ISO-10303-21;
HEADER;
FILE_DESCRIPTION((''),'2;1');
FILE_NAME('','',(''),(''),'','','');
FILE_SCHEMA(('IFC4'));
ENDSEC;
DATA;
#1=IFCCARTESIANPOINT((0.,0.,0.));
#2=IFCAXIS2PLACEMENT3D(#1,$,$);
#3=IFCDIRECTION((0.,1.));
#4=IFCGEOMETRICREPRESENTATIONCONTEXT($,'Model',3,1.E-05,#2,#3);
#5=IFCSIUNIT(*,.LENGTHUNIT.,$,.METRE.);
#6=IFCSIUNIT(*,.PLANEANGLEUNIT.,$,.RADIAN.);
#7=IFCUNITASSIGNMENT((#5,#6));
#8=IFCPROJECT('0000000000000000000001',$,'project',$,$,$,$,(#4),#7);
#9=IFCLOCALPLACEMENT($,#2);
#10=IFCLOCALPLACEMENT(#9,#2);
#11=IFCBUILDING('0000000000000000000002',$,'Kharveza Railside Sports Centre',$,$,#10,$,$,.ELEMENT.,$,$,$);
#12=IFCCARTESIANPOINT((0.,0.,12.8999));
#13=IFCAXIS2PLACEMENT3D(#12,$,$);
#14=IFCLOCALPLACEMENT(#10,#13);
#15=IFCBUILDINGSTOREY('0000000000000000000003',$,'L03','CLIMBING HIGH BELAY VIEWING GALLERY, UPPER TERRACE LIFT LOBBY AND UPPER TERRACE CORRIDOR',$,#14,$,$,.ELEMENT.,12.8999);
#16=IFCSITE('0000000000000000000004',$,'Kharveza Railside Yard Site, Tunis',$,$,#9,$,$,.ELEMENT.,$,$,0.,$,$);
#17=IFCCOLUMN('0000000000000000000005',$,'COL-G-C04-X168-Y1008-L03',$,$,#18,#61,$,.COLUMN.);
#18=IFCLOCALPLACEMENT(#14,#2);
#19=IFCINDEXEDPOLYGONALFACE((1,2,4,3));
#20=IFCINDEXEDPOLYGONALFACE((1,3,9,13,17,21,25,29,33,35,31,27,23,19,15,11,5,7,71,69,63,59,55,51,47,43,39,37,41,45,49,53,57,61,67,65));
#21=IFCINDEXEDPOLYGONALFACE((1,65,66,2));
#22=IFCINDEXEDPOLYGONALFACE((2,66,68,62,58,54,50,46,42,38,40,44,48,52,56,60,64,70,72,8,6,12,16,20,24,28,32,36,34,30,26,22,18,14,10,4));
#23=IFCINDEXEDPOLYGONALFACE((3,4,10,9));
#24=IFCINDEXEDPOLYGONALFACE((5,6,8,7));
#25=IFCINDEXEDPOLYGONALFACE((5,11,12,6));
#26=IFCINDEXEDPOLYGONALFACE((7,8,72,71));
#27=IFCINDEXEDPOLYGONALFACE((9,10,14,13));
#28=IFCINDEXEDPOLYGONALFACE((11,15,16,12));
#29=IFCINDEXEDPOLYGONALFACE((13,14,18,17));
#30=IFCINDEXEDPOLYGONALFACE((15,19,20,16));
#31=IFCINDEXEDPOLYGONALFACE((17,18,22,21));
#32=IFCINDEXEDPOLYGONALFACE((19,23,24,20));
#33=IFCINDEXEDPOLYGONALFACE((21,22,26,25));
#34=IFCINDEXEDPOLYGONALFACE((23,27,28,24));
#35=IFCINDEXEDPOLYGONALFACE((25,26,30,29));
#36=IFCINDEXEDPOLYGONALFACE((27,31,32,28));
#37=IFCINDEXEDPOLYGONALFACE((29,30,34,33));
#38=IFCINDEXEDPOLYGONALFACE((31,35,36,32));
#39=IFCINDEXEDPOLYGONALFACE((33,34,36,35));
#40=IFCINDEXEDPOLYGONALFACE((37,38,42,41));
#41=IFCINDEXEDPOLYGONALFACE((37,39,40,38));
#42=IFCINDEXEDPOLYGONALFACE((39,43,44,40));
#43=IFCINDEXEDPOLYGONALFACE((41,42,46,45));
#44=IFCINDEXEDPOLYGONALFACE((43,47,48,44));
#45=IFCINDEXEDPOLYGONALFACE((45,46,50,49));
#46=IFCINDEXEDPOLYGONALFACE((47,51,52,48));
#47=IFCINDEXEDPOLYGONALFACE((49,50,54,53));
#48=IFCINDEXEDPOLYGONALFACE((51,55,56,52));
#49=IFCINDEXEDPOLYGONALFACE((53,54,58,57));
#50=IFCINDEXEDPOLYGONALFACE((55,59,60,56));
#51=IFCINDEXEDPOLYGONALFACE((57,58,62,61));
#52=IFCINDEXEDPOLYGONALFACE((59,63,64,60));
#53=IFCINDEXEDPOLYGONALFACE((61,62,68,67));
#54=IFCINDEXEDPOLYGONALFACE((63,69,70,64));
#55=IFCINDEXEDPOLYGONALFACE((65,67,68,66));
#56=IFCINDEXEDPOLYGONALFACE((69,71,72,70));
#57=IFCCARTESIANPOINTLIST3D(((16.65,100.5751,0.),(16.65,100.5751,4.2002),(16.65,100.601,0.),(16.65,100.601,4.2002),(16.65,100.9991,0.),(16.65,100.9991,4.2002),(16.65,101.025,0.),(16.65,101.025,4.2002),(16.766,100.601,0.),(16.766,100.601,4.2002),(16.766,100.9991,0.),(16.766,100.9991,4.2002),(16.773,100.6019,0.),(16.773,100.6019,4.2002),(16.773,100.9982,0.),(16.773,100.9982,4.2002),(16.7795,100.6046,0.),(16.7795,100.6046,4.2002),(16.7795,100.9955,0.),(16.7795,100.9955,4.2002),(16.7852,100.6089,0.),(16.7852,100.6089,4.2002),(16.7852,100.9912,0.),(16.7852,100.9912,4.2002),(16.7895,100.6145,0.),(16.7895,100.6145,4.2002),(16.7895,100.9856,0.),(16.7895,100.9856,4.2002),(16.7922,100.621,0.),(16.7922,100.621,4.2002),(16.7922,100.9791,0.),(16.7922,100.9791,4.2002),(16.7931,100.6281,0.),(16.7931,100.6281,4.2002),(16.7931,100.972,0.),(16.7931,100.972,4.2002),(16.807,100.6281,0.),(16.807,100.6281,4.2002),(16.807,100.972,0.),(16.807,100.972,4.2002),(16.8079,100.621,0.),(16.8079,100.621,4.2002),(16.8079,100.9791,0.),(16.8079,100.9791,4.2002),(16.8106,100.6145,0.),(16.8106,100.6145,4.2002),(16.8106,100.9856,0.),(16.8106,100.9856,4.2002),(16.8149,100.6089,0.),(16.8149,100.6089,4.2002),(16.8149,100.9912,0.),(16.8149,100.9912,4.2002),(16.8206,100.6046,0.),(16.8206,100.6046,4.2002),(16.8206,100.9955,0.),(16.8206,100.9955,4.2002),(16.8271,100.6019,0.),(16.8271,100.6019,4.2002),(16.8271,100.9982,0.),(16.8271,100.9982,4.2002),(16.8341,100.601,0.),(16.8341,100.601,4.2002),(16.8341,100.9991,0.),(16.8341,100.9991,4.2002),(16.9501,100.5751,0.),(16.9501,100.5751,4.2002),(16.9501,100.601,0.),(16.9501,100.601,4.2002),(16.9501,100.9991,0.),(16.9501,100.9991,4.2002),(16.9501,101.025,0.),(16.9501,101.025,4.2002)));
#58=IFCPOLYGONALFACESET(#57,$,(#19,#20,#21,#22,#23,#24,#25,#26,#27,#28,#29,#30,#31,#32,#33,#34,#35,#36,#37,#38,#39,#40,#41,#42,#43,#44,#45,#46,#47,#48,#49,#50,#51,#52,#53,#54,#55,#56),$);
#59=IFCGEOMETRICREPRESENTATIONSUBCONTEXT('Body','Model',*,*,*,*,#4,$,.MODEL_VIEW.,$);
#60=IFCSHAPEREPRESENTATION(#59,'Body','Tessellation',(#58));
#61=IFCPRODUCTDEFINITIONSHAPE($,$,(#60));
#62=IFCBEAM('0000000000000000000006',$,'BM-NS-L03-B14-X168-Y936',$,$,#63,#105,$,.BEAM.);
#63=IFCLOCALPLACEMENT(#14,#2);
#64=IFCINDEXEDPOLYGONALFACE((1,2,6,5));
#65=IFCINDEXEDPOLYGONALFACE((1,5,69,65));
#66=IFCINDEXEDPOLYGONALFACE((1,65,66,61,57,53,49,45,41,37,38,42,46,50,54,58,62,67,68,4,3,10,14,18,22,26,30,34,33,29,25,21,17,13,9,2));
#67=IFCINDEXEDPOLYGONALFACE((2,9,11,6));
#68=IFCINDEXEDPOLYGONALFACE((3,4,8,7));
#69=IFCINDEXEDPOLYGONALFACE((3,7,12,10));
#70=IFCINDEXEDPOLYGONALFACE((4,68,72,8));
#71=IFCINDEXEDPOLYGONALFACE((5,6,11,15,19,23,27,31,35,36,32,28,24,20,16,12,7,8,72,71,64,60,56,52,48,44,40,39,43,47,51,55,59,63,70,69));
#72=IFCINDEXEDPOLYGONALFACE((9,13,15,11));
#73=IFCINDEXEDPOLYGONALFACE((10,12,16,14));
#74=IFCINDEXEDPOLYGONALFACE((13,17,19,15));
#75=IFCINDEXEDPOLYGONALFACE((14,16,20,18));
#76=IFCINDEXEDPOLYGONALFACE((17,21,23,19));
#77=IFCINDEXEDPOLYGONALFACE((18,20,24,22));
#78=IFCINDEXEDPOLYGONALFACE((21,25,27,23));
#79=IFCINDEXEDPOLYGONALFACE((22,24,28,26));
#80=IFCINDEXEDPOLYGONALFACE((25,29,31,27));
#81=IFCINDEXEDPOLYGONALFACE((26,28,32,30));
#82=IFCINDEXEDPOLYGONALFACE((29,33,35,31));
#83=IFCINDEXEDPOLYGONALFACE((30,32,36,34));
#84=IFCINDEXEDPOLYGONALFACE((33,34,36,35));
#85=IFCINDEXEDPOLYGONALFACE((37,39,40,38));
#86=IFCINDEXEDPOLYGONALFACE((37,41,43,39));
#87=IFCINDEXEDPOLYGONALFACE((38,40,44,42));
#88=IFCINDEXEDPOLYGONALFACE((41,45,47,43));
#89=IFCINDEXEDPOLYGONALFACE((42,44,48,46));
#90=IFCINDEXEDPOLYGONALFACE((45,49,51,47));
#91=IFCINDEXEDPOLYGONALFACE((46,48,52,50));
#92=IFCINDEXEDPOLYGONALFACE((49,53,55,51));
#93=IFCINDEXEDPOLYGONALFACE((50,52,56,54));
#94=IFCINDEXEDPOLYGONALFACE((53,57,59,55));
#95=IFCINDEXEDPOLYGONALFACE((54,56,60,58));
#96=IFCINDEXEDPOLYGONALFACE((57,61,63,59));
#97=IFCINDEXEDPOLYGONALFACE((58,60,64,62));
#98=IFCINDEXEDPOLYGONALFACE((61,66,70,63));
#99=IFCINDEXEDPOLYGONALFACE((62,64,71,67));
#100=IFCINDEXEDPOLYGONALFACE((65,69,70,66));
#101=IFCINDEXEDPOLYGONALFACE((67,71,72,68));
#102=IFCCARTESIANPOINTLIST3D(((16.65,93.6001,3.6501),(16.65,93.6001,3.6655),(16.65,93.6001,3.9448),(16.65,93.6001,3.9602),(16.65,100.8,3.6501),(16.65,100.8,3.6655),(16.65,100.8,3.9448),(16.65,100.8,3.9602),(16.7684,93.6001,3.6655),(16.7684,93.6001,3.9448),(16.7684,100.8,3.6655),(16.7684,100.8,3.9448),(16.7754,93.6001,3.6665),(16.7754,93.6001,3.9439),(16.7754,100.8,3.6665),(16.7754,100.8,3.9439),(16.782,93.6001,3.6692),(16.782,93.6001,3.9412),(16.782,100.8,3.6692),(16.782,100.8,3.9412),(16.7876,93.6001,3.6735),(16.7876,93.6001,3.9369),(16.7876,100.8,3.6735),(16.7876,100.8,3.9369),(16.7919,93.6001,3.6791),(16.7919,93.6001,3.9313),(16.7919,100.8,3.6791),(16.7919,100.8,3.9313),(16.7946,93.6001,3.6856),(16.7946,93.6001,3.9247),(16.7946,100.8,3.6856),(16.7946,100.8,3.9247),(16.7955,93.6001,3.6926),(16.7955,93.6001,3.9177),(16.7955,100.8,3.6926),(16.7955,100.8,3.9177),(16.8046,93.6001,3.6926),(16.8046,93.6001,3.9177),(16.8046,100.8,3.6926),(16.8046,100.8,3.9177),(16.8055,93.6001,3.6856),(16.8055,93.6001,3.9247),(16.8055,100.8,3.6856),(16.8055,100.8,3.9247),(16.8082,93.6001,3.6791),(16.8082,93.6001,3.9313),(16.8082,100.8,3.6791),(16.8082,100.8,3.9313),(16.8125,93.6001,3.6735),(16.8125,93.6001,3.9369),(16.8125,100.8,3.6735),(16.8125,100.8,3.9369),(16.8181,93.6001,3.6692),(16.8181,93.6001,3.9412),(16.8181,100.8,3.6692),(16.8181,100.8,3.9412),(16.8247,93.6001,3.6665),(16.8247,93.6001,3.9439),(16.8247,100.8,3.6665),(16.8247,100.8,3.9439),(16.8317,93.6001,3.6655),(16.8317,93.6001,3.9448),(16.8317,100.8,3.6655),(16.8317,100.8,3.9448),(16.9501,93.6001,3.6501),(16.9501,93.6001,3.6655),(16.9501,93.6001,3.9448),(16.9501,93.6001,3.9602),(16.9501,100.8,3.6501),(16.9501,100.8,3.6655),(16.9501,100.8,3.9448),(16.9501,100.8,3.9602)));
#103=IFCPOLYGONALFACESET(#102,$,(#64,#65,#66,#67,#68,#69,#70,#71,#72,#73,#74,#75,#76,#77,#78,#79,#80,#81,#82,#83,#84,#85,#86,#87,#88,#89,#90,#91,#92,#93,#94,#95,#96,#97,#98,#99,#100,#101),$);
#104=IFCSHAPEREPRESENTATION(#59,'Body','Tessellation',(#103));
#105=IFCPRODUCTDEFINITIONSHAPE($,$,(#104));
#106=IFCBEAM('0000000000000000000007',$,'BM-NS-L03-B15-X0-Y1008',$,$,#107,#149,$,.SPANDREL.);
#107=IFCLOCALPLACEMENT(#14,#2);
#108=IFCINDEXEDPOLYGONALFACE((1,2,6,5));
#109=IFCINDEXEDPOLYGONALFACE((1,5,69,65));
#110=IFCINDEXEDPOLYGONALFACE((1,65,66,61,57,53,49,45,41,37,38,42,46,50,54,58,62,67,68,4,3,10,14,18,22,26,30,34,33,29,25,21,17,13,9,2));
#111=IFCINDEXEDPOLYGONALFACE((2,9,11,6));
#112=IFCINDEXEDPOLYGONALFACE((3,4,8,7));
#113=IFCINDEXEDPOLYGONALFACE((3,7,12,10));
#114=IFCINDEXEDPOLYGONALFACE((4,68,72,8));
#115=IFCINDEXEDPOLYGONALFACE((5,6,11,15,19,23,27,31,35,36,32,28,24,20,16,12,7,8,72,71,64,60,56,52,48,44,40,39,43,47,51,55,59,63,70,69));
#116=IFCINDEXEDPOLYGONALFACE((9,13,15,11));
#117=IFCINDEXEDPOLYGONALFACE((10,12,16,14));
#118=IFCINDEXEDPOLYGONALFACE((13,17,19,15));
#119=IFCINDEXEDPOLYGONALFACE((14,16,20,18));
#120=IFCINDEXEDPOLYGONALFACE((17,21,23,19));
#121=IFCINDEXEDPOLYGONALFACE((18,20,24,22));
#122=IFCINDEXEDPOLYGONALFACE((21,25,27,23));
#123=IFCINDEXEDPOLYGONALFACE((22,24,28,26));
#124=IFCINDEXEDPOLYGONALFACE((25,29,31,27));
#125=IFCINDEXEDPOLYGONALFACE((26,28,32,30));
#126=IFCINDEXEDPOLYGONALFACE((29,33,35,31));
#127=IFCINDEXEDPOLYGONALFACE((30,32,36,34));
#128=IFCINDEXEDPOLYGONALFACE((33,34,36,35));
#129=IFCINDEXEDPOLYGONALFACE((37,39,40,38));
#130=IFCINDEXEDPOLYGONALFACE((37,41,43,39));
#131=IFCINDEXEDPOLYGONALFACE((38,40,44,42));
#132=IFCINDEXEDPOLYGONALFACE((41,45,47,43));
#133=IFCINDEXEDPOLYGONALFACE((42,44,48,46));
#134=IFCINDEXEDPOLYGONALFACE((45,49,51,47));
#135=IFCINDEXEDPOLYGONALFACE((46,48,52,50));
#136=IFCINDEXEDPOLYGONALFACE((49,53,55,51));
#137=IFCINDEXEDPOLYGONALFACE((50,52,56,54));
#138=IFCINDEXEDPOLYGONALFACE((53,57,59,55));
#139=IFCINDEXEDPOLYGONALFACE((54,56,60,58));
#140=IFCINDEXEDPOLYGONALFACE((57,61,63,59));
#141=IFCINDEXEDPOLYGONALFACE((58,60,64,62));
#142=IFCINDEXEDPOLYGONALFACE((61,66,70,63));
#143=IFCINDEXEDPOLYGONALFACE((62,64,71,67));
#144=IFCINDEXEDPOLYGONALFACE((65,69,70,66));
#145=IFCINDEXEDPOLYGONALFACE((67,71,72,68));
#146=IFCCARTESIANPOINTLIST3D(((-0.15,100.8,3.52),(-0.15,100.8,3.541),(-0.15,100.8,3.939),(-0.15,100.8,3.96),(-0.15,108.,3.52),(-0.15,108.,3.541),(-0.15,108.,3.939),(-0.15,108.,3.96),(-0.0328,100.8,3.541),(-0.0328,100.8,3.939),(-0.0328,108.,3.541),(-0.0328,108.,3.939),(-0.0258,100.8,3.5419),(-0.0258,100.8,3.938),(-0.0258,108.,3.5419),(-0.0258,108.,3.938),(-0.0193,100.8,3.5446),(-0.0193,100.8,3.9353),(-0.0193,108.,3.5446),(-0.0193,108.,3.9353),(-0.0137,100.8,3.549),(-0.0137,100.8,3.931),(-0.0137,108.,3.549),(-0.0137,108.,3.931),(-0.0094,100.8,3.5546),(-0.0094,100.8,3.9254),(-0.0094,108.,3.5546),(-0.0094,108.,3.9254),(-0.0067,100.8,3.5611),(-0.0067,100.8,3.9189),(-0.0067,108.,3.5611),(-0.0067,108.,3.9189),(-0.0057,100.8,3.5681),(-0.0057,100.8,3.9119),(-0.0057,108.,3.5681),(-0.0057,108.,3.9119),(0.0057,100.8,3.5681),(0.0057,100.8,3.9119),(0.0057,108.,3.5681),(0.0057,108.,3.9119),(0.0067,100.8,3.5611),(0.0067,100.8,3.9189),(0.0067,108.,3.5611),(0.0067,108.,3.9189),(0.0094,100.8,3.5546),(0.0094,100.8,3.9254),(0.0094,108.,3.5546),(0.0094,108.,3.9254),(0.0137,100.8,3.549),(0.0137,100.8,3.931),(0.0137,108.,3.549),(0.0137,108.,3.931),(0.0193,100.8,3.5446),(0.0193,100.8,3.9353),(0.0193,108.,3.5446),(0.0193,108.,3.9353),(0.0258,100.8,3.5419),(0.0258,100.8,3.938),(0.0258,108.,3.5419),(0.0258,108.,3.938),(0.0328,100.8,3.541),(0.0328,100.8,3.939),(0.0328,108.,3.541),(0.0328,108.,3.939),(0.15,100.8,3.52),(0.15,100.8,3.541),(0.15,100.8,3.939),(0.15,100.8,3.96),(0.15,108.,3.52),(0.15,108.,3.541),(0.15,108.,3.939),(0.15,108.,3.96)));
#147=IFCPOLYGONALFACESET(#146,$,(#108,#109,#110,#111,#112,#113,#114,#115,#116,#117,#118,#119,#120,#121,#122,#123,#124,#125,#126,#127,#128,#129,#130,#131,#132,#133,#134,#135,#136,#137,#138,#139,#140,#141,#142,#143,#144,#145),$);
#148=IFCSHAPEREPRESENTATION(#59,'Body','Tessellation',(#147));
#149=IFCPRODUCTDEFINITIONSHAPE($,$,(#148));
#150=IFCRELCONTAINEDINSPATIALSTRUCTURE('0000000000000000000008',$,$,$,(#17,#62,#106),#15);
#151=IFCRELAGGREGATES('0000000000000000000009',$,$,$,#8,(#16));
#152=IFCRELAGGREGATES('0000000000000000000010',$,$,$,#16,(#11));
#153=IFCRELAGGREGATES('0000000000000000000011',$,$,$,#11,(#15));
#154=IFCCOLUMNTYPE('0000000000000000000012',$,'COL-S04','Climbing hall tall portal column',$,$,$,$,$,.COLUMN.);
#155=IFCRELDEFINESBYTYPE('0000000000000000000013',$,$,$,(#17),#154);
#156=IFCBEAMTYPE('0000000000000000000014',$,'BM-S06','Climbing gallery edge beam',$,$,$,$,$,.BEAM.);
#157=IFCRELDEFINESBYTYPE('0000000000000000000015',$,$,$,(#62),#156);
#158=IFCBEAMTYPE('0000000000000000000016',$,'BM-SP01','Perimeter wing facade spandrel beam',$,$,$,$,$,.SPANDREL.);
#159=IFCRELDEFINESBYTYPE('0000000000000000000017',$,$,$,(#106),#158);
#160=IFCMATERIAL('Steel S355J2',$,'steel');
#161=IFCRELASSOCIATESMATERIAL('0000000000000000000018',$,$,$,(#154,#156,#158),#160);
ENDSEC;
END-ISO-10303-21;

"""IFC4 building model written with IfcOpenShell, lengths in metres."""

from ifc_helpers import new_model, si_unit, direction, frame, origin, origin_2d, place, context, subcontext, project, spatial, i_section, extrude, material, material_profile, profile_set, type_object, element, save


model = new_model("IFC4")

# Units and contexts
model_context = context("Model", 3, precision=1e-05, world=origin(), true_north=direction((0.0, 1.0)))
body_context = subcontext(model_context, "Body", "Model", "MODEL_VIEW")
ifc_project = project(units=[si_unit("LENGTHUNIT", "METRE"), si_unit("PLANEANGLEUNIT", "RADIAN")], contexts=[model_context])

# Site, building, storey
site_placement = place(None, origin())
site = spatial("IfcSite", under=ifc_project, at=site_placement, Name="Kharveza Railside Yard Site, Tunis", CompositionType="ELEMENT", RefElevation=0.0)
building_placement = place(site_placement, origin())
building = spatial("IfcBuilding", under=site, at=building_placement, Name="Kharveza Railside Sports Centre", CompositionType="ELEMENT")
storey_placement = place(building_placement, frame((0.0, 0.0, 12.8999)))
storey = spatial("IfcBuildingStorey", under=building, at=storey_placement, Name="L03", Description="CLIMBING HIGH BELAY VIEWING GALLERY, UPPER TERRACE LIFT LOBBY AND UPPER TERRACE CORRIDOR", CompositionType="ELEMENT", Elevation=12.8999)

# Column
ifc_material_1 = material(Name="Steel S355J2", Category="steel")
ifc_material_profile_1 = material_profile(ifc_material_1, i_section(OverallWidth=0.3, OverallDepth=0.45, WebThickness=0.0139, FlangeThickness=0.0259, FilletRadius=0.0271, at=origin_2d()), Name="HEB 450")
ifc_profile_set_1 = profile_set([ifc_material_profile_1], Name="Steel S355J2")
column_type = type_object("IfcColumnType", Name="COL-S04", Description="Climbing hall tall portal column", PredefinedType="COLUMN", material=ifc_profile_set_1)
for number, where, z_axis, x_axis, name in (
    (1, (16.8, 100.8, 0.0), (0.0, 0.0, 1.0), (1.0, 0.0, 0.0), "COL-G-C04-X168-Y1008-L03"),
):
    element("IfcColumn", number, at=place(storey_placement, frame(where, z_axis=z_axis, x_axis=x_axis)), inside=storey, type_object=column_type, Name=name, PredefinedType="COLUMN", context=body_context, shape_type="SweptSolid", body=[
        extrude(i_section(OverallWidth=0.3, OverallDepth=0.45, WebThickness=0.0139, FlangeThickness=0.0259, FilletRadius=0.0271, at=origin_2d()), origin(), (0.0, 0.0, 1.0), 4.2002),
    ])

# Beams
ifc_material_profile_2 = material_profile(ifc_material_1, i_section(OverallWidth=0.3, OverallDepth=0.3101, WebThickness=0.009, FlangeThickness=0.0154, FilletRadius=0.0271, at=origin_2d()), Name="HEA 320")
ifc_profile_set_2 = profile_set([ifc_material_profile_2], Name="Steel S355J2")
beam_type_1 = type_object("IfcBeamType", Name="BM-S06", Description="Climbing gallery edge beam", PredefinedType="BEAM", material=ifc_profile_set_2)
beam_1_placement = place(storey_placement, frame((16.8, 93.6001, 3.8052), z_axis=(0.0, 1.0, 0.0), x_axis=(-1.0, 0.0, 0.0)))
element("IfcBeam", 2, at=beam_1_placement, inside=storey, type_object=beam_type_1, Name="BM-NS-L03-B14-X168-Y936", PredefinedType="BEAM", context=body_context, shape_type="SweptSolid", body=[
    extrude(i_section(OverallWidth=0.3, OverallDepth=0.3101, WebThickness=0.009, FlangeThickness=0.0154, FilletRadius=0.0271, at=origin_2d()), origin(), (0.0, 0.0, 1.0), 7.2),
])
ifc_material_profile_3 = material_profile(ifc_material_1, i_section(OverallWidth=0.3, OverallDepth=0.4399, WebThickness=0.0115, FlangeThickness=0.021, FilletRadius=0.0271, at=origin_2d()), Name="HEA 450")
ifc_profile_set_3 = profile_set([ifc_material_profile_3], Name="Steel S355J2")
beam_type_2 = type_object("IfcBeamType", Name="BM-SP01", Description="Perimeter wing facade spandrel beam", PredefinedType="SPANDREL", material=ifc_profile_set_3)
beam_2_placement = place(storey_placement, frame((0.0, 100.8, 3.74), z_axis=(0.0, 1.0, 0.0), x_axis=(-1.0, 0.0, 0.0)))
element("IfcBeam", 3, at=beam_2_placement, inside=storey, type_object=beam_type_2, Name="BM-NS-L03-B15-X0-Y1008", PredefinedType="SPANDREL", context=body_context, shape_type="SweptSolid", body=[
    extrude(i_section(OverallWidth=0.3, OverallDepth=0.4399, WebThickness=0.0115, FlangeThickness=0.021, FilletRadius=0.0271, at=origin_2d()), origin(), (0.0, 0.0, 1.0), 7.2),
])

save(model, "model.ifc")
